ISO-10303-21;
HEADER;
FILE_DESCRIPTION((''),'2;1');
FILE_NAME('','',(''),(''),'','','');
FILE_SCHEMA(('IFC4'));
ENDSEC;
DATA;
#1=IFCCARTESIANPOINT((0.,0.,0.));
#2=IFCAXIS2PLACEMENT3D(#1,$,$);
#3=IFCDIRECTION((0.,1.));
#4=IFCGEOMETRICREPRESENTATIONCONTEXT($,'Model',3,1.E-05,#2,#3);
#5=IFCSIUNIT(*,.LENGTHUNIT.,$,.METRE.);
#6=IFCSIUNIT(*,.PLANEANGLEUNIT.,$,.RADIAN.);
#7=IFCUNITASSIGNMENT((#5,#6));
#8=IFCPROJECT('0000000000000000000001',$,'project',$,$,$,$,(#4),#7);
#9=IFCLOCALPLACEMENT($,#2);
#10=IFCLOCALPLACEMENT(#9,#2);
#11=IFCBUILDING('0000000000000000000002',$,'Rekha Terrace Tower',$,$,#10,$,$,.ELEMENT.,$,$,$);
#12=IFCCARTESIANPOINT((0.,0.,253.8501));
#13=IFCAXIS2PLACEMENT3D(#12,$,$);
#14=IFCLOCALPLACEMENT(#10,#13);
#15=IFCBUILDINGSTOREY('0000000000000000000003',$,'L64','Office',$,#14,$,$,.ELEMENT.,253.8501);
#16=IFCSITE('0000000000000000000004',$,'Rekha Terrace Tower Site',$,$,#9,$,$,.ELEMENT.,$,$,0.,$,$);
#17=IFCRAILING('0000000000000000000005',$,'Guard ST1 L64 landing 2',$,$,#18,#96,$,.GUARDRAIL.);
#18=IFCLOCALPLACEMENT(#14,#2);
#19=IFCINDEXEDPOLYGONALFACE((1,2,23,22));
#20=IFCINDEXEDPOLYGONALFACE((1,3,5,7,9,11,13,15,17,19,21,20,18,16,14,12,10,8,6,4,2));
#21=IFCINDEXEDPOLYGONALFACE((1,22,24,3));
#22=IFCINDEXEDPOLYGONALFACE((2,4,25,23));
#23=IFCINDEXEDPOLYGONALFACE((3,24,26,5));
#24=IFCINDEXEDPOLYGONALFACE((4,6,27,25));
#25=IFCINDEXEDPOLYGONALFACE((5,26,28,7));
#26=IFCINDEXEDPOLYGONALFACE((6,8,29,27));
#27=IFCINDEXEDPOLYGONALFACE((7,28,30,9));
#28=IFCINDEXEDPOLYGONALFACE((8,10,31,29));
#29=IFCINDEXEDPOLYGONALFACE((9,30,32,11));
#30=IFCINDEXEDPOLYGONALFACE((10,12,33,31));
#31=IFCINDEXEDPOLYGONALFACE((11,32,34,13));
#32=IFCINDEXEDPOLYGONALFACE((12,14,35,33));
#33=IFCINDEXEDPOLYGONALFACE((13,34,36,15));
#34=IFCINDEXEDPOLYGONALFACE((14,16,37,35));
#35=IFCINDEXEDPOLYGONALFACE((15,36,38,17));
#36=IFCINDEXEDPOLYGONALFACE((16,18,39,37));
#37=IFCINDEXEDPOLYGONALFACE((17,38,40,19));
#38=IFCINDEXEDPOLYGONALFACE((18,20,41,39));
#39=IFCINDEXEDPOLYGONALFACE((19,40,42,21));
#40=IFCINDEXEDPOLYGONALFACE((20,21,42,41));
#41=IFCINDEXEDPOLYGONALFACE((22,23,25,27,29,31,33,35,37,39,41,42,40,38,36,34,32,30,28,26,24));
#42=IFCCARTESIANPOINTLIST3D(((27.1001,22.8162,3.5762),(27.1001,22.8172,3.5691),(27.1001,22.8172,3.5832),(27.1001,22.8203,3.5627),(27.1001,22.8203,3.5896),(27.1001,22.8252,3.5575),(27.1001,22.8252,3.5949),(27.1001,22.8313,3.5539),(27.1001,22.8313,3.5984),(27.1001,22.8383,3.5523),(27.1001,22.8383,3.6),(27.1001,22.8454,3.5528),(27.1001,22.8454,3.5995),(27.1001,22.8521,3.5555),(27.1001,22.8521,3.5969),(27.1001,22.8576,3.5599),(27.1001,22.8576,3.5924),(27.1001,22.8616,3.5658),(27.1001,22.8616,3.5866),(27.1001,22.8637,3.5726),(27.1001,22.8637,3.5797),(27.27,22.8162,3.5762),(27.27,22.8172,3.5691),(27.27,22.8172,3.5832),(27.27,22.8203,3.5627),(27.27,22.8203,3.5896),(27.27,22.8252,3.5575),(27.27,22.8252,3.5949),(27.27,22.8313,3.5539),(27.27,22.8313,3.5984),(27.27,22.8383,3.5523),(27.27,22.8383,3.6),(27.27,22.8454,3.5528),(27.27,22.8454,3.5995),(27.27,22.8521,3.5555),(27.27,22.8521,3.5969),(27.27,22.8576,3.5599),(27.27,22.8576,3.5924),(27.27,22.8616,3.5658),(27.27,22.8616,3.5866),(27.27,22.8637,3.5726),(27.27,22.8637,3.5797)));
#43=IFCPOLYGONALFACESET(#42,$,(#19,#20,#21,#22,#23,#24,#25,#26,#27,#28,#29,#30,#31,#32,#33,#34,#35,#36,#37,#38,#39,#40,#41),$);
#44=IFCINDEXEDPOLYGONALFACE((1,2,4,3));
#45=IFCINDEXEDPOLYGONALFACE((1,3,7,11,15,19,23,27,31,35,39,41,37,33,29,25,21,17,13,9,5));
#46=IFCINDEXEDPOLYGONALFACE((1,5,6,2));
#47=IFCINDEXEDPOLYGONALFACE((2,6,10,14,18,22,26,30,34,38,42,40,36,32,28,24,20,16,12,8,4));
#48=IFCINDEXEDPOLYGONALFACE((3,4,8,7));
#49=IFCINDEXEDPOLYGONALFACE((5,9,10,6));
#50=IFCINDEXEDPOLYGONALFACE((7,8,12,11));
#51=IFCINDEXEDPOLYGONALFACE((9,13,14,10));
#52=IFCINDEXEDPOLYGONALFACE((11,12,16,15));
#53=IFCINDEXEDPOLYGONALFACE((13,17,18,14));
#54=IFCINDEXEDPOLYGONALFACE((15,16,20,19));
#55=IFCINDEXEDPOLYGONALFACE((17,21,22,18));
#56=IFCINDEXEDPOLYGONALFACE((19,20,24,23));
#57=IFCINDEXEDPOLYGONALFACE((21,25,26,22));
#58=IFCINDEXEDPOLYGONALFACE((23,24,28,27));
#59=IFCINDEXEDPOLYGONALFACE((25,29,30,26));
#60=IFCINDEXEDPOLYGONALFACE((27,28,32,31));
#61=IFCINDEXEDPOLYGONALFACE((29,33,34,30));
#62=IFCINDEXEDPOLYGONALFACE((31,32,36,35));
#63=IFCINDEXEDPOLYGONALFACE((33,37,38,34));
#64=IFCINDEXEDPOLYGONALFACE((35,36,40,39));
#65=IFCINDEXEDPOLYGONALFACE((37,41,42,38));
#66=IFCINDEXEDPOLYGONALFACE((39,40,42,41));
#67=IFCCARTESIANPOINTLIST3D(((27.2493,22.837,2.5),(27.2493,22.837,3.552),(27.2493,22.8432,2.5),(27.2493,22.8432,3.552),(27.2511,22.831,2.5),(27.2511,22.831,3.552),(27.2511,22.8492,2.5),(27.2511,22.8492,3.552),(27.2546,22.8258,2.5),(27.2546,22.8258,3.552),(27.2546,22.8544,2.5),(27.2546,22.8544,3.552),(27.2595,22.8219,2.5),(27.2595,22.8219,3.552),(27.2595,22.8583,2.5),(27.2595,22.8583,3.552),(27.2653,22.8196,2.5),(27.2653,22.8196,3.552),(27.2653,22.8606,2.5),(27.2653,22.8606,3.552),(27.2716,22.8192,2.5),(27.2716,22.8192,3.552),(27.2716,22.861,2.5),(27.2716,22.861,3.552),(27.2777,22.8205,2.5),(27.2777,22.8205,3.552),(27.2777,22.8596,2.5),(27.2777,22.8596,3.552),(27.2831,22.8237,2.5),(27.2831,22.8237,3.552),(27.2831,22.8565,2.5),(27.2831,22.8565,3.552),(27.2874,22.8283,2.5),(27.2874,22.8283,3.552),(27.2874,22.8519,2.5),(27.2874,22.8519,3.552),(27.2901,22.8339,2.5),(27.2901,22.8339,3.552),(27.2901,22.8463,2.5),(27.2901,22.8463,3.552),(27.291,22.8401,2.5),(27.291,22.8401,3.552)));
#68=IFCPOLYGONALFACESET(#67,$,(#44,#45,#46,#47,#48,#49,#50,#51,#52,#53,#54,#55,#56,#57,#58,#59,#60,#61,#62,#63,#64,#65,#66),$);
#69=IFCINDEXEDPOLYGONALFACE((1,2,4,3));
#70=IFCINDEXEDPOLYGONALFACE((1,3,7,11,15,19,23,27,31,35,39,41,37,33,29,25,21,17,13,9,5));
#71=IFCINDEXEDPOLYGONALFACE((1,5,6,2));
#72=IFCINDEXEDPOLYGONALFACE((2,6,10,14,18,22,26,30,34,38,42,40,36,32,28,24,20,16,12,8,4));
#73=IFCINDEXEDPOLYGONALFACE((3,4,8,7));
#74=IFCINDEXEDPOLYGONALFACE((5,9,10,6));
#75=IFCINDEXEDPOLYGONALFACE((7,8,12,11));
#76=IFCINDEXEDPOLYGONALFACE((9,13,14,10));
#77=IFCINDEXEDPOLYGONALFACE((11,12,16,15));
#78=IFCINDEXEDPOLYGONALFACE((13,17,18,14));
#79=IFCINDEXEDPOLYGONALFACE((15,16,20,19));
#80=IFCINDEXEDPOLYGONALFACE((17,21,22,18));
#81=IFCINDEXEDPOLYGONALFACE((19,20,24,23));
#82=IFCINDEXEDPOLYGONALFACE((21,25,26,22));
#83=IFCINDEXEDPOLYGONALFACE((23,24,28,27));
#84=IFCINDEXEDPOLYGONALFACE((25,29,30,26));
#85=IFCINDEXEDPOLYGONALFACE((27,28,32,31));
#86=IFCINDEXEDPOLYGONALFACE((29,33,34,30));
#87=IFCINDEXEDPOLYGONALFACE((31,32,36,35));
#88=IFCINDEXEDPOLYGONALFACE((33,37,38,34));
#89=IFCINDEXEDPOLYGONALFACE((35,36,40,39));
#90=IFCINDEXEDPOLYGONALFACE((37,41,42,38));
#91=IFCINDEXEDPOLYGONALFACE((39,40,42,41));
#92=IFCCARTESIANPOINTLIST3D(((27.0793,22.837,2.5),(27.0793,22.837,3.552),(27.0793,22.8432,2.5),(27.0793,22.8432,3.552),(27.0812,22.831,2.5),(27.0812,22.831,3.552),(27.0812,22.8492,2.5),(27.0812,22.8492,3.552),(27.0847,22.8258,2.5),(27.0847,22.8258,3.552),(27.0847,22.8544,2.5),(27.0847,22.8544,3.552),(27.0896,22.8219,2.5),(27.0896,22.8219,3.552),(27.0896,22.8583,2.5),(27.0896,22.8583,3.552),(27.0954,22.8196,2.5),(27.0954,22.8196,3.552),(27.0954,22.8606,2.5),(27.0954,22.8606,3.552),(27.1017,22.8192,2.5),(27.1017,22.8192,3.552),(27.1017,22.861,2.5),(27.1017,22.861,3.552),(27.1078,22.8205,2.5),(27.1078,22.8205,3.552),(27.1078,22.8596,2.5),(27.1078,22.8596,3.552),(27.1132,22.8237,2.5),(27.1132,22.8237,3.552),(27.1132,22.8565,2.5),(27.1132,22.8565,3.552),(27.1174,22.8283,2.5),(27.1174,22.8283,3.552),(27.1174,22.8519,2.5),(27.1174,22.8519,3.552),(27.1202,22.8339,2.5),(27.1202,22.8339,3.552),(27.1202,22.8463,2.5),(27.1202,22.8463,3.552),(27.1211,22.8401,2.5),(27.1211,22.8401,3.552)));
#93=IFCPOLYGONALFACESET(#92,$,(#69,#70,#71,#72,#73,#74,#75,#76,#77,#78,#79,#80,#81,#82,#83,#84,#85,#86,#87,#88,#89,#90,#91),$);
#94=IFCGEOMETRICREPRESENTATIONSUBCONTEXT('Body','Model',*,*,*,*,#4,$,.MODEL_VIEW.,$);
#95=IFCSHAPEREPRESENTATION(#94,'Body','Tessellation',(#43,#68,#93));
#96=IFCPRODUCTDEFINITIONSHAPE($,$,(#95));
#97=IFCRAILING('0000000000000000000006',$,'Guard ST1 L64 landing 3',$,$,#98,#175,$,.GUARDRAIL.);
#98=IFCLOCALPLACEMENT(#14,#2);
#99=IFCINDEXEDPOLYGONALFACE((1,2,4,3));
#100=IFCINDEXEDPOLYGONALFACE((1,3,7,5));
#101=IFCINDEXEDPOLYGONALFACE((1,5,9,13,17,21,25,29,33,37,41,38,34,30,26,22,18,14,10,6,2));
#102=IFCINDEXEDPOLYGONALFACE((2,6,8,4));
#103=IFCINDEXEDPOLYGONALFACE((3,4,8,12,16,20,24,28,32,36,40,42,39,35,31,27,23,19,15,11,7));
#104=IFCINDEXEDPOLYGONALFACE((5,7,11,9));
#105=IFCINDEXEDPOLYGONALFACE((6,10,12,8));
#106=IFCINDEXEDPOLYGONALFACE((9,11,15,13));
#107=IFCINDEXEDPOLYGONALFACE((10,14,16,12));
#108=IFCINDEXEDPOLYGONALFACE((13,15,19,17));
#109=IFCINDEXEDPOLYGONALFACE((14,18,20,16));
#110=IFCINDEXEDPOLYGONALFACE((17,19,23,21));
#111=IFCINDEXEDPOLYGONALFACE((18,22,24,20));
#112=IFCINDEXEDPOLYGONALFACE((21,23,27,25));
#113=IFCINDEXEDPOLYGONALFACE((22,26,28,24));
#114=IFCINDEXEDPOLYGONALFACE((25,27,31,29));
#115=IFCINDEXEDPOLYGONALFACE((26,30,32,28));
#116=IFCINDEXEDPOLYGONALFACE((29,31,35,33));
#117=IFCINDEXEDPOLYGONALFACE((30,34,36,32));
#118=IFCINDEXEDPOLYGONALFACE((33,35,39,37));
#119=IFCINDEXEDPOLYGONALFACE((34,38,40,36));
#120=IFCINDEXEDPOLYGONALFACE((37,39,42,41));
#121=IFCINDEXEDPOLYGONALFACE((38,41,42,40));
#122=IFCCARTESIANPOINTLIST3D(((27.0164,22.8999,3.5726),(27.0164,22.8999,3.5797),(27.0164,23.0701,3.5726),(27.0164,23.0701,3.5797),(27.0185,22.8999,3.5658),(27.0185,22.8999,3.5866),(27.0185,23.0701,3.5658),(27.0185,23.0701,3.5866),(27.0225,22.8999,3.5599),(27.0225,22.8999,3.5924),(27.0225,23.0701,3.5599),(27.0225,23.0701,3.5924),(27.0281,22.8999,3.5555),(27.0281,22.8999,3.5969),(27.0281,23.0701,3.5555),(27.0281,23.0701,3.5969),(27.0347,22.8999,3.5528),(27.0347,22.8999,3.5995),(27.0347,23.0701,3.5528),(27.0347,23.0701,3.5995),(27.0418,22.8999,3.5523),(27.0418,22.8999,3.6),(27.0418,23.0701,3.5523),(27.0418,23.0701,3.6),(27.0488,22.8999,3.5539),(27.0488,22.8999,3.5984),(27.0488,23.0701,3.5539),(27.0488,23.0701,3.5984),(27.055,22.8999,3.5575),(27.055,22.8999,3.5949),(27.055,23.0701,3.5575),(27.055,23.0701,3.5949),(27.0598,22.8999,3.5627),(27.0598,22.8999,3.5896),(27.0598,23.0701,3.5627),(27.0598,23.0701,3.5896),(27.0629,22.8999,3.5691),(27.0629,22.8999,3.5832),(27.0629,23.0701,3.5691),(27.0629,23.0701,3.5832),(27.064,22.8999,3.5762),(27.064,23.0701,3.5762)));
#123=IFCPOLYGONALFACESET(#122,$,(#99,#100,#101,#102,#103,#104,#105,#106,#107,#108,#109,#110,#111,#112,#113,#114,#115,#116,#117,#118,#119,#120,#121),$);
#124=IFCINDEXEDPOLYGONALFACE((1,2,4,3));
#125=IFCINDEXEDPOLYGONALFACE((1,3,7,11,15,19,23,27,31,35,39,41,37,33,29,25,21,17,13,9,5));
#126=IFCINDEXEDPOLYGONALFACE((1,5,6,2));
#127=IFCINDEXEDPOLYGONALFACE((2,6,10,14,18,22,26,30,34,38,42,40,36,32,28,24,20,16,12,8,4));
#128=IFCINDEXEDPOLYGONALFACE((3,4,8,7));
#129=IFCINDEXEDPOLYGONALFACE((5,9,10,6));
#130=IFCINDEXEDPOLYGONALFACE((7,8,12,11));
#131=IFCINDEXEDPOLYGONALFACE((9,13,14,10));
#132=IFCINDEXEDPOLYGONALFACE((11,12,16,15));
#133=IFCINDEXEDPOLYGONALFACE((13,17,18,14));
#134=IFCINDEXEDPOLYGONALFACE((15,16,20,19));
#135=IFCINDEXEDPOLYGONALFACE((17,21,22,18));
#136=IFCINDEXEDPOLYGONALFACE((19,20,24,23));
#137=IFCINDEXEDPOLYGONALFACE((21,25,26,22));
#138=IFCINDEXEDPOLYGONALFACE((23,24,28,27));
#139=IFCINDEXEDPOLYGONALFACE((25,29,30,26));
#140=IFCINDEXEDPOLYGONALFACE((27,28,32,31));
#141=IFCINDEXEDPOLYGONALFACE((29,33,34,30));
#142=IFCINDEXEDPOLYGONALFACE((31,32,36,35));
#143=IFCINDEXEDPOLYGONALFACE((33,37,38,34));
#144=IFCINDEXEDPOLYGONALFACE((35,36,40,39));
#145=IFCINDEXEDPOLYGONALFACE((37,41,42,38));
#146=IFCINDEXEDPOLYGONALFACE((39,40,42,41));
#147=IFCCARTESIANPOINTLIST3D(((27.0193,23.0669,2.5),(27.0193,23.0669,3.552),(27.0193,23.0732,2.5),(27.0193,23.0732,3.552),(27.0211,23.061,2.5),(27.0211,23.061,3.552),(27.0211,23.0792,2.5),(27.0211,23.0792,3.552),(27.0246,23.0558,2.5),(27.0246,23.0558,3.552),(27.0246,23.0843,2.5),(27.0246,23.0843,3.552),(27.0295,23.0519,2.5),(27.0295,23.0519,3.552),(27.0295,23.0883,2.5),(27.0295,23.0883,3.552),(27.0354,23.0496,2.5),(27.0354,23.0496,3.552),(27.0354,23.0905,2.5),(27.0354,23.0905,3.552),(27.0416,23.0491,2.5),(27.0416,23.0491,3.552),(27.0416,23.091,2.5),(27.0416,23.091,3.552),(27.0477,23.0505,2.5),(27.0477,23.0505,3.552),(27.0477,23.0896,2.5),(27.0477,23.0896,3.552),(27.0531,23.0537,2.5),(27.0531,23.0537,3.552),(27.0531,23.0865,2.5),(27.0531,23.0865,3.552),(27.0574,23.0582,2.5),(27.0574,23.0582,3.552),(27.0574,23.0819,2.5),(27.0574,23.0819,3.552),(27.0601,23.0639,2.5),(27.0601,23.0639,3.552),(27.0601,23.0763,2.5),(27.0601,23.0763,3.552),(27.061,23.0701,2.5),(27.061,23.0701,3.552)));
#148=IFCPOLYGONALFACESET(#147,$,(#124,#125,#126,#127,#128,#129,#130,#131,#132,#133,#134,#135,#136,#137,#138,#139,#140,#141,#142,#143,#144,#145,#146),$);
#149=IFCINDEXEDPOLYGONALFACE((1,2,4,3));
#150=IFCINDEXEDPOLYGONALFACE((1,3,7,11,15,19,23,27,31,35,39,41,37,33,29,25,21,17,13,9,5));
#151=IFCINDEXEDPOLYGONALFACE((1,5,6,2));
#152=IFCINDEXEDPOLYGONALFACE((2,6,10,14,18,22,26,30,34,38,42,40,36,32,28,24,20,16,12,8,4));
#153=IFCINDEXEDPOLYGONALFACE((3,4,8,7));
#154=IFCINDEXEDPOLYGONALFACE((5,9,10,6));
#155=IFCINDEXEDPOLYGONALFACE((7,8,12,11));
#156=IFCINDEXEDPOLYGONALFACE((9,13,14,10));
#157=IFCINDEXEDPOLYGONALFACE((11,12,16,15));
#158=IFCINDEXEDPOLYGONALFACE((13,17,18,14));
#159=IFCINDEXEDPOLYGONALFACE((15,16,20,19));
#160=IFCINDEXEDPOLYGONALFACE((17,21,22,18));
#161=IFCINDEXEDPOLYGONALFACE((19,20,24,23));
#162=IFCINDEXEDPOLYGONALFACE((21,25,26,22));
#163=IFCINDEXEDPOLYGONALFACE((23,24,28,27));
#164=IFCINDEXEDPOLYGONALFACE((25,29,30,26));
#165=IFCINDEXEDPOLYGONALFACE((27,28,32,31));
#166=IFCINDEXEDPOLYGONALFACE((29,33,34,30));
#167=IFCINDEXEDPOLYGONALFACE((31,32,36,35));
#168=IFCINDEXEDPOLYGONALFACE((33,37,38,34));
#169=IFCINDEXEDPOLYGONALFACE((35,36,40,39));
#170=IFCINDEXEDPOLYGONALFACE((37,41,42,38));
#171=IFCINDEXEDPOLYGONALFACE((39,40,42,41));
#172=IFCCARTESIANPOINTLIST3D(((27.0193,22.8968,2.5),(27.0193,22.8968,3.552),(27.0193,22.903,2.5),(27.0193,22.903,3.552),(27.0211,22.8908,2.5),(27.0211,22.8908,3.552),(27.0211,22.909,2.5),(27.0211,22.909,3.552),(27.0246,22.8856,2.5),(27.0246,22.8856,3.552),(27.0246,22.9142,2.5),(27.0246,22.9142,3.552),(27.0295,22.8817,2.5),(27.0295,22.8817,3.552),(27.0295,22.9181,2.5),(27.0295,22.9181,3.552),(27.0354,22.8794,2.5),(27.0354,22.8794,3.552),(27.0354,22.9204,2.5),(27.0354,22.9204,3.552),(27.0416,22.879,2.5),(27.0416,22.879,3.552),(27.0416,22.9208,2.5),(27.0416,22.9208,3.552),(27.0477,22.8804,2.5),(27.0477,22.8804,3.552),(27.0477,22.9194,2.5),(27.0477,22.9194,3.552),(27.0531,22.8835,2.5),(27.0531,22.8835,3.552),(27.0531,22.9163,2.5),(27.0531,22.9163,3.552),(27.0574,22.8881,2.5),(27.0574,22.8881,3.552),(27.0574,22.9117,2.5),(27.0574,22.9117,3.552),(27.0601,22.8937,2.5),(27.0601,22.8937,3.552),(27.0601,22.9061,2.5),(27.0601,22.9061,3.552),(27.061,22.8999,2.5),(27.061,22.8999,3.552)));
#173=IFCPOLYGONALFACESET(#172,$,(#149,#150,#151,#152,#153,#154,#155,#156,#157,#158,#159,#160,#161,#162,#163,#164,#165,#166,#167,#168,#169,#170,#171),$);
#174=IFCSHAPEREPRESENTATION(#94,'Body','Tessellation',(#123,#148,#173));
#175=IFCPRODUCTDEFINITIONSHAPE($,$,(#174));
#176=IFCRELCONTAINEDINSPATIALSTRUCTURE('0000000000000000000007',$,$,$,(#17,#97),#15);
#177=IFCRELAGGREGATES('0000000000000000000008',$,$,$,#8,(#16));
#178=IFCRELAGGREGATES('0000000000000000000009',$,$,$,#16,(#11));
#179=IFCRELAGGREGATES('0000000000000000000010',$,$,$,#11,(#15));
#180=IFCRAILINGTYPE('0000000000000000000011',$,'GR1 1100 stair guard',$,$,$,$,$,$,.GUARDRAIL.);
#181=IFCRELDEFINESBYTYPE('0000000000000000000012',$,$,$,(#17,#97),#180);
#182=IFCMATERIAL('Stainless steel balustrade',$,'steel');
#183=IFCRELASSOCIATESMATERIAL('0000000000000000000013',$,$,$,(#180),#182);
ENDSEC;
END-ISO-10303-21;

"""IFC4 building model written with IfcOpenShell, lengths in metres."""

from ifc_helpers import new_model, si_unit, direction, frame, origin, origin_2d, place, context, subcontext, project, spatial, circle, extrude, material, type_object, element, save


model = new_model("IFC4")

# Units and contexts
model_context = context("Model", 3, precision=1e-05, world=origin(), true_north=direction((0.0, 1.0)))
body_context = subcontext(model_context, "Body", "Model", "MODEL_VIEW")
ifc_project = project(units=[si_unit("LENGTHUNIT", "METRE"), si_unit("PLANEANGLEUNIT", "RADIAN")], contexts=[model_context])

# Site, building, storey
site_placement = place(None, origin())
site = spatial("IfcSite", under=ifc_project, at=site_placement, Name="Rekha Terrace Tower Site", CompositionType="ELEMENT", RefElevation=0.0)
building_placement = place(site_placement, origin())
building = spatial("IfcBuilding", under=site, at=building_placement, Name="Rekha Terrace Tower", CompositionType="ELEMENT")
storey_placement = place(building_placement, frame((0.0, 0.0, 253.8501)))
storey = spatial("IfcBuildingStorey", under=building, at=storey_placement, Name="L64", Description="Office", CompositionType="ELEMENT", Elevation=253.8501)

# Railings
ifc_material_1 = material(Name="Stainless steel balustrade", Category="steel")
railing_type_1 = type_object("IfcRailingType", Name="GR1 1100 stair guard", PredefinedType="GUARDRAIL", material=ifc_material_1)
railing_1_placement = place(storey_placement, frame((27.27, 22.8401, 2.5)))
element("IfcRailing", 1, at=railing_1_placement, inside=storey, type_object=railing_type_1, Name="Guard ST1 L64 landing 2", PredefinedType="GUARDRAIL", context=body_context, shape_type="SweptSolid", body=[
    extrude(circle(Radius=0.0239, at=origin_2d()), frame((0.0, 0.0, 1.0762), z_axis=(-1.0, 0.0, 0.0), x_axis=(0.0, -1.0, 0.0)), (0.0, 0.0, 1.0), 0.1699),
    extrude(circle(Radius=0.021, at=origin_2d()), origin(), (0.0, 0.0, 1.0), 1.052),
    extrude(circle(Radius=0.021, at=origin_2d()), frame((-0.1699, 0.0, 0.0)), (0.0, 0.0, 1.0), 1.052),
])
railing_2_placement = place(storey_placement, frame((27.04, 23.0701, 2.5)))
element("IfcRailing", 2, at=railing_2_placement, inside=storey, type_object=railing_type_1, Name="Guard ST1 L64 landing 3", PredefinedType="GUARDRAIL", context=body_context, shape_type="SweptSolid", body=[
    extrude(circle(Radius=0.0239, at=origin_2d()), frame((0.0, 0.0, 1.0762), z_axis=(0.0, -1.0, 0.0), x_axis=(1.0, 0.0, 0.0)), (0.0, 0.0, 1.0), 0.1702),
    extrude(circle(Radius=0.021, at=origin_2d()), origin(), (0.0, 0.0, 1.0), 1.052),
    extrude(circle(Radius=0.021, at=origin_2d()), frame((0.0, -0.1702, 0.0)), (0.0, 0.0, 1.0), 1.052),
])

save(model, "model.ifc")
